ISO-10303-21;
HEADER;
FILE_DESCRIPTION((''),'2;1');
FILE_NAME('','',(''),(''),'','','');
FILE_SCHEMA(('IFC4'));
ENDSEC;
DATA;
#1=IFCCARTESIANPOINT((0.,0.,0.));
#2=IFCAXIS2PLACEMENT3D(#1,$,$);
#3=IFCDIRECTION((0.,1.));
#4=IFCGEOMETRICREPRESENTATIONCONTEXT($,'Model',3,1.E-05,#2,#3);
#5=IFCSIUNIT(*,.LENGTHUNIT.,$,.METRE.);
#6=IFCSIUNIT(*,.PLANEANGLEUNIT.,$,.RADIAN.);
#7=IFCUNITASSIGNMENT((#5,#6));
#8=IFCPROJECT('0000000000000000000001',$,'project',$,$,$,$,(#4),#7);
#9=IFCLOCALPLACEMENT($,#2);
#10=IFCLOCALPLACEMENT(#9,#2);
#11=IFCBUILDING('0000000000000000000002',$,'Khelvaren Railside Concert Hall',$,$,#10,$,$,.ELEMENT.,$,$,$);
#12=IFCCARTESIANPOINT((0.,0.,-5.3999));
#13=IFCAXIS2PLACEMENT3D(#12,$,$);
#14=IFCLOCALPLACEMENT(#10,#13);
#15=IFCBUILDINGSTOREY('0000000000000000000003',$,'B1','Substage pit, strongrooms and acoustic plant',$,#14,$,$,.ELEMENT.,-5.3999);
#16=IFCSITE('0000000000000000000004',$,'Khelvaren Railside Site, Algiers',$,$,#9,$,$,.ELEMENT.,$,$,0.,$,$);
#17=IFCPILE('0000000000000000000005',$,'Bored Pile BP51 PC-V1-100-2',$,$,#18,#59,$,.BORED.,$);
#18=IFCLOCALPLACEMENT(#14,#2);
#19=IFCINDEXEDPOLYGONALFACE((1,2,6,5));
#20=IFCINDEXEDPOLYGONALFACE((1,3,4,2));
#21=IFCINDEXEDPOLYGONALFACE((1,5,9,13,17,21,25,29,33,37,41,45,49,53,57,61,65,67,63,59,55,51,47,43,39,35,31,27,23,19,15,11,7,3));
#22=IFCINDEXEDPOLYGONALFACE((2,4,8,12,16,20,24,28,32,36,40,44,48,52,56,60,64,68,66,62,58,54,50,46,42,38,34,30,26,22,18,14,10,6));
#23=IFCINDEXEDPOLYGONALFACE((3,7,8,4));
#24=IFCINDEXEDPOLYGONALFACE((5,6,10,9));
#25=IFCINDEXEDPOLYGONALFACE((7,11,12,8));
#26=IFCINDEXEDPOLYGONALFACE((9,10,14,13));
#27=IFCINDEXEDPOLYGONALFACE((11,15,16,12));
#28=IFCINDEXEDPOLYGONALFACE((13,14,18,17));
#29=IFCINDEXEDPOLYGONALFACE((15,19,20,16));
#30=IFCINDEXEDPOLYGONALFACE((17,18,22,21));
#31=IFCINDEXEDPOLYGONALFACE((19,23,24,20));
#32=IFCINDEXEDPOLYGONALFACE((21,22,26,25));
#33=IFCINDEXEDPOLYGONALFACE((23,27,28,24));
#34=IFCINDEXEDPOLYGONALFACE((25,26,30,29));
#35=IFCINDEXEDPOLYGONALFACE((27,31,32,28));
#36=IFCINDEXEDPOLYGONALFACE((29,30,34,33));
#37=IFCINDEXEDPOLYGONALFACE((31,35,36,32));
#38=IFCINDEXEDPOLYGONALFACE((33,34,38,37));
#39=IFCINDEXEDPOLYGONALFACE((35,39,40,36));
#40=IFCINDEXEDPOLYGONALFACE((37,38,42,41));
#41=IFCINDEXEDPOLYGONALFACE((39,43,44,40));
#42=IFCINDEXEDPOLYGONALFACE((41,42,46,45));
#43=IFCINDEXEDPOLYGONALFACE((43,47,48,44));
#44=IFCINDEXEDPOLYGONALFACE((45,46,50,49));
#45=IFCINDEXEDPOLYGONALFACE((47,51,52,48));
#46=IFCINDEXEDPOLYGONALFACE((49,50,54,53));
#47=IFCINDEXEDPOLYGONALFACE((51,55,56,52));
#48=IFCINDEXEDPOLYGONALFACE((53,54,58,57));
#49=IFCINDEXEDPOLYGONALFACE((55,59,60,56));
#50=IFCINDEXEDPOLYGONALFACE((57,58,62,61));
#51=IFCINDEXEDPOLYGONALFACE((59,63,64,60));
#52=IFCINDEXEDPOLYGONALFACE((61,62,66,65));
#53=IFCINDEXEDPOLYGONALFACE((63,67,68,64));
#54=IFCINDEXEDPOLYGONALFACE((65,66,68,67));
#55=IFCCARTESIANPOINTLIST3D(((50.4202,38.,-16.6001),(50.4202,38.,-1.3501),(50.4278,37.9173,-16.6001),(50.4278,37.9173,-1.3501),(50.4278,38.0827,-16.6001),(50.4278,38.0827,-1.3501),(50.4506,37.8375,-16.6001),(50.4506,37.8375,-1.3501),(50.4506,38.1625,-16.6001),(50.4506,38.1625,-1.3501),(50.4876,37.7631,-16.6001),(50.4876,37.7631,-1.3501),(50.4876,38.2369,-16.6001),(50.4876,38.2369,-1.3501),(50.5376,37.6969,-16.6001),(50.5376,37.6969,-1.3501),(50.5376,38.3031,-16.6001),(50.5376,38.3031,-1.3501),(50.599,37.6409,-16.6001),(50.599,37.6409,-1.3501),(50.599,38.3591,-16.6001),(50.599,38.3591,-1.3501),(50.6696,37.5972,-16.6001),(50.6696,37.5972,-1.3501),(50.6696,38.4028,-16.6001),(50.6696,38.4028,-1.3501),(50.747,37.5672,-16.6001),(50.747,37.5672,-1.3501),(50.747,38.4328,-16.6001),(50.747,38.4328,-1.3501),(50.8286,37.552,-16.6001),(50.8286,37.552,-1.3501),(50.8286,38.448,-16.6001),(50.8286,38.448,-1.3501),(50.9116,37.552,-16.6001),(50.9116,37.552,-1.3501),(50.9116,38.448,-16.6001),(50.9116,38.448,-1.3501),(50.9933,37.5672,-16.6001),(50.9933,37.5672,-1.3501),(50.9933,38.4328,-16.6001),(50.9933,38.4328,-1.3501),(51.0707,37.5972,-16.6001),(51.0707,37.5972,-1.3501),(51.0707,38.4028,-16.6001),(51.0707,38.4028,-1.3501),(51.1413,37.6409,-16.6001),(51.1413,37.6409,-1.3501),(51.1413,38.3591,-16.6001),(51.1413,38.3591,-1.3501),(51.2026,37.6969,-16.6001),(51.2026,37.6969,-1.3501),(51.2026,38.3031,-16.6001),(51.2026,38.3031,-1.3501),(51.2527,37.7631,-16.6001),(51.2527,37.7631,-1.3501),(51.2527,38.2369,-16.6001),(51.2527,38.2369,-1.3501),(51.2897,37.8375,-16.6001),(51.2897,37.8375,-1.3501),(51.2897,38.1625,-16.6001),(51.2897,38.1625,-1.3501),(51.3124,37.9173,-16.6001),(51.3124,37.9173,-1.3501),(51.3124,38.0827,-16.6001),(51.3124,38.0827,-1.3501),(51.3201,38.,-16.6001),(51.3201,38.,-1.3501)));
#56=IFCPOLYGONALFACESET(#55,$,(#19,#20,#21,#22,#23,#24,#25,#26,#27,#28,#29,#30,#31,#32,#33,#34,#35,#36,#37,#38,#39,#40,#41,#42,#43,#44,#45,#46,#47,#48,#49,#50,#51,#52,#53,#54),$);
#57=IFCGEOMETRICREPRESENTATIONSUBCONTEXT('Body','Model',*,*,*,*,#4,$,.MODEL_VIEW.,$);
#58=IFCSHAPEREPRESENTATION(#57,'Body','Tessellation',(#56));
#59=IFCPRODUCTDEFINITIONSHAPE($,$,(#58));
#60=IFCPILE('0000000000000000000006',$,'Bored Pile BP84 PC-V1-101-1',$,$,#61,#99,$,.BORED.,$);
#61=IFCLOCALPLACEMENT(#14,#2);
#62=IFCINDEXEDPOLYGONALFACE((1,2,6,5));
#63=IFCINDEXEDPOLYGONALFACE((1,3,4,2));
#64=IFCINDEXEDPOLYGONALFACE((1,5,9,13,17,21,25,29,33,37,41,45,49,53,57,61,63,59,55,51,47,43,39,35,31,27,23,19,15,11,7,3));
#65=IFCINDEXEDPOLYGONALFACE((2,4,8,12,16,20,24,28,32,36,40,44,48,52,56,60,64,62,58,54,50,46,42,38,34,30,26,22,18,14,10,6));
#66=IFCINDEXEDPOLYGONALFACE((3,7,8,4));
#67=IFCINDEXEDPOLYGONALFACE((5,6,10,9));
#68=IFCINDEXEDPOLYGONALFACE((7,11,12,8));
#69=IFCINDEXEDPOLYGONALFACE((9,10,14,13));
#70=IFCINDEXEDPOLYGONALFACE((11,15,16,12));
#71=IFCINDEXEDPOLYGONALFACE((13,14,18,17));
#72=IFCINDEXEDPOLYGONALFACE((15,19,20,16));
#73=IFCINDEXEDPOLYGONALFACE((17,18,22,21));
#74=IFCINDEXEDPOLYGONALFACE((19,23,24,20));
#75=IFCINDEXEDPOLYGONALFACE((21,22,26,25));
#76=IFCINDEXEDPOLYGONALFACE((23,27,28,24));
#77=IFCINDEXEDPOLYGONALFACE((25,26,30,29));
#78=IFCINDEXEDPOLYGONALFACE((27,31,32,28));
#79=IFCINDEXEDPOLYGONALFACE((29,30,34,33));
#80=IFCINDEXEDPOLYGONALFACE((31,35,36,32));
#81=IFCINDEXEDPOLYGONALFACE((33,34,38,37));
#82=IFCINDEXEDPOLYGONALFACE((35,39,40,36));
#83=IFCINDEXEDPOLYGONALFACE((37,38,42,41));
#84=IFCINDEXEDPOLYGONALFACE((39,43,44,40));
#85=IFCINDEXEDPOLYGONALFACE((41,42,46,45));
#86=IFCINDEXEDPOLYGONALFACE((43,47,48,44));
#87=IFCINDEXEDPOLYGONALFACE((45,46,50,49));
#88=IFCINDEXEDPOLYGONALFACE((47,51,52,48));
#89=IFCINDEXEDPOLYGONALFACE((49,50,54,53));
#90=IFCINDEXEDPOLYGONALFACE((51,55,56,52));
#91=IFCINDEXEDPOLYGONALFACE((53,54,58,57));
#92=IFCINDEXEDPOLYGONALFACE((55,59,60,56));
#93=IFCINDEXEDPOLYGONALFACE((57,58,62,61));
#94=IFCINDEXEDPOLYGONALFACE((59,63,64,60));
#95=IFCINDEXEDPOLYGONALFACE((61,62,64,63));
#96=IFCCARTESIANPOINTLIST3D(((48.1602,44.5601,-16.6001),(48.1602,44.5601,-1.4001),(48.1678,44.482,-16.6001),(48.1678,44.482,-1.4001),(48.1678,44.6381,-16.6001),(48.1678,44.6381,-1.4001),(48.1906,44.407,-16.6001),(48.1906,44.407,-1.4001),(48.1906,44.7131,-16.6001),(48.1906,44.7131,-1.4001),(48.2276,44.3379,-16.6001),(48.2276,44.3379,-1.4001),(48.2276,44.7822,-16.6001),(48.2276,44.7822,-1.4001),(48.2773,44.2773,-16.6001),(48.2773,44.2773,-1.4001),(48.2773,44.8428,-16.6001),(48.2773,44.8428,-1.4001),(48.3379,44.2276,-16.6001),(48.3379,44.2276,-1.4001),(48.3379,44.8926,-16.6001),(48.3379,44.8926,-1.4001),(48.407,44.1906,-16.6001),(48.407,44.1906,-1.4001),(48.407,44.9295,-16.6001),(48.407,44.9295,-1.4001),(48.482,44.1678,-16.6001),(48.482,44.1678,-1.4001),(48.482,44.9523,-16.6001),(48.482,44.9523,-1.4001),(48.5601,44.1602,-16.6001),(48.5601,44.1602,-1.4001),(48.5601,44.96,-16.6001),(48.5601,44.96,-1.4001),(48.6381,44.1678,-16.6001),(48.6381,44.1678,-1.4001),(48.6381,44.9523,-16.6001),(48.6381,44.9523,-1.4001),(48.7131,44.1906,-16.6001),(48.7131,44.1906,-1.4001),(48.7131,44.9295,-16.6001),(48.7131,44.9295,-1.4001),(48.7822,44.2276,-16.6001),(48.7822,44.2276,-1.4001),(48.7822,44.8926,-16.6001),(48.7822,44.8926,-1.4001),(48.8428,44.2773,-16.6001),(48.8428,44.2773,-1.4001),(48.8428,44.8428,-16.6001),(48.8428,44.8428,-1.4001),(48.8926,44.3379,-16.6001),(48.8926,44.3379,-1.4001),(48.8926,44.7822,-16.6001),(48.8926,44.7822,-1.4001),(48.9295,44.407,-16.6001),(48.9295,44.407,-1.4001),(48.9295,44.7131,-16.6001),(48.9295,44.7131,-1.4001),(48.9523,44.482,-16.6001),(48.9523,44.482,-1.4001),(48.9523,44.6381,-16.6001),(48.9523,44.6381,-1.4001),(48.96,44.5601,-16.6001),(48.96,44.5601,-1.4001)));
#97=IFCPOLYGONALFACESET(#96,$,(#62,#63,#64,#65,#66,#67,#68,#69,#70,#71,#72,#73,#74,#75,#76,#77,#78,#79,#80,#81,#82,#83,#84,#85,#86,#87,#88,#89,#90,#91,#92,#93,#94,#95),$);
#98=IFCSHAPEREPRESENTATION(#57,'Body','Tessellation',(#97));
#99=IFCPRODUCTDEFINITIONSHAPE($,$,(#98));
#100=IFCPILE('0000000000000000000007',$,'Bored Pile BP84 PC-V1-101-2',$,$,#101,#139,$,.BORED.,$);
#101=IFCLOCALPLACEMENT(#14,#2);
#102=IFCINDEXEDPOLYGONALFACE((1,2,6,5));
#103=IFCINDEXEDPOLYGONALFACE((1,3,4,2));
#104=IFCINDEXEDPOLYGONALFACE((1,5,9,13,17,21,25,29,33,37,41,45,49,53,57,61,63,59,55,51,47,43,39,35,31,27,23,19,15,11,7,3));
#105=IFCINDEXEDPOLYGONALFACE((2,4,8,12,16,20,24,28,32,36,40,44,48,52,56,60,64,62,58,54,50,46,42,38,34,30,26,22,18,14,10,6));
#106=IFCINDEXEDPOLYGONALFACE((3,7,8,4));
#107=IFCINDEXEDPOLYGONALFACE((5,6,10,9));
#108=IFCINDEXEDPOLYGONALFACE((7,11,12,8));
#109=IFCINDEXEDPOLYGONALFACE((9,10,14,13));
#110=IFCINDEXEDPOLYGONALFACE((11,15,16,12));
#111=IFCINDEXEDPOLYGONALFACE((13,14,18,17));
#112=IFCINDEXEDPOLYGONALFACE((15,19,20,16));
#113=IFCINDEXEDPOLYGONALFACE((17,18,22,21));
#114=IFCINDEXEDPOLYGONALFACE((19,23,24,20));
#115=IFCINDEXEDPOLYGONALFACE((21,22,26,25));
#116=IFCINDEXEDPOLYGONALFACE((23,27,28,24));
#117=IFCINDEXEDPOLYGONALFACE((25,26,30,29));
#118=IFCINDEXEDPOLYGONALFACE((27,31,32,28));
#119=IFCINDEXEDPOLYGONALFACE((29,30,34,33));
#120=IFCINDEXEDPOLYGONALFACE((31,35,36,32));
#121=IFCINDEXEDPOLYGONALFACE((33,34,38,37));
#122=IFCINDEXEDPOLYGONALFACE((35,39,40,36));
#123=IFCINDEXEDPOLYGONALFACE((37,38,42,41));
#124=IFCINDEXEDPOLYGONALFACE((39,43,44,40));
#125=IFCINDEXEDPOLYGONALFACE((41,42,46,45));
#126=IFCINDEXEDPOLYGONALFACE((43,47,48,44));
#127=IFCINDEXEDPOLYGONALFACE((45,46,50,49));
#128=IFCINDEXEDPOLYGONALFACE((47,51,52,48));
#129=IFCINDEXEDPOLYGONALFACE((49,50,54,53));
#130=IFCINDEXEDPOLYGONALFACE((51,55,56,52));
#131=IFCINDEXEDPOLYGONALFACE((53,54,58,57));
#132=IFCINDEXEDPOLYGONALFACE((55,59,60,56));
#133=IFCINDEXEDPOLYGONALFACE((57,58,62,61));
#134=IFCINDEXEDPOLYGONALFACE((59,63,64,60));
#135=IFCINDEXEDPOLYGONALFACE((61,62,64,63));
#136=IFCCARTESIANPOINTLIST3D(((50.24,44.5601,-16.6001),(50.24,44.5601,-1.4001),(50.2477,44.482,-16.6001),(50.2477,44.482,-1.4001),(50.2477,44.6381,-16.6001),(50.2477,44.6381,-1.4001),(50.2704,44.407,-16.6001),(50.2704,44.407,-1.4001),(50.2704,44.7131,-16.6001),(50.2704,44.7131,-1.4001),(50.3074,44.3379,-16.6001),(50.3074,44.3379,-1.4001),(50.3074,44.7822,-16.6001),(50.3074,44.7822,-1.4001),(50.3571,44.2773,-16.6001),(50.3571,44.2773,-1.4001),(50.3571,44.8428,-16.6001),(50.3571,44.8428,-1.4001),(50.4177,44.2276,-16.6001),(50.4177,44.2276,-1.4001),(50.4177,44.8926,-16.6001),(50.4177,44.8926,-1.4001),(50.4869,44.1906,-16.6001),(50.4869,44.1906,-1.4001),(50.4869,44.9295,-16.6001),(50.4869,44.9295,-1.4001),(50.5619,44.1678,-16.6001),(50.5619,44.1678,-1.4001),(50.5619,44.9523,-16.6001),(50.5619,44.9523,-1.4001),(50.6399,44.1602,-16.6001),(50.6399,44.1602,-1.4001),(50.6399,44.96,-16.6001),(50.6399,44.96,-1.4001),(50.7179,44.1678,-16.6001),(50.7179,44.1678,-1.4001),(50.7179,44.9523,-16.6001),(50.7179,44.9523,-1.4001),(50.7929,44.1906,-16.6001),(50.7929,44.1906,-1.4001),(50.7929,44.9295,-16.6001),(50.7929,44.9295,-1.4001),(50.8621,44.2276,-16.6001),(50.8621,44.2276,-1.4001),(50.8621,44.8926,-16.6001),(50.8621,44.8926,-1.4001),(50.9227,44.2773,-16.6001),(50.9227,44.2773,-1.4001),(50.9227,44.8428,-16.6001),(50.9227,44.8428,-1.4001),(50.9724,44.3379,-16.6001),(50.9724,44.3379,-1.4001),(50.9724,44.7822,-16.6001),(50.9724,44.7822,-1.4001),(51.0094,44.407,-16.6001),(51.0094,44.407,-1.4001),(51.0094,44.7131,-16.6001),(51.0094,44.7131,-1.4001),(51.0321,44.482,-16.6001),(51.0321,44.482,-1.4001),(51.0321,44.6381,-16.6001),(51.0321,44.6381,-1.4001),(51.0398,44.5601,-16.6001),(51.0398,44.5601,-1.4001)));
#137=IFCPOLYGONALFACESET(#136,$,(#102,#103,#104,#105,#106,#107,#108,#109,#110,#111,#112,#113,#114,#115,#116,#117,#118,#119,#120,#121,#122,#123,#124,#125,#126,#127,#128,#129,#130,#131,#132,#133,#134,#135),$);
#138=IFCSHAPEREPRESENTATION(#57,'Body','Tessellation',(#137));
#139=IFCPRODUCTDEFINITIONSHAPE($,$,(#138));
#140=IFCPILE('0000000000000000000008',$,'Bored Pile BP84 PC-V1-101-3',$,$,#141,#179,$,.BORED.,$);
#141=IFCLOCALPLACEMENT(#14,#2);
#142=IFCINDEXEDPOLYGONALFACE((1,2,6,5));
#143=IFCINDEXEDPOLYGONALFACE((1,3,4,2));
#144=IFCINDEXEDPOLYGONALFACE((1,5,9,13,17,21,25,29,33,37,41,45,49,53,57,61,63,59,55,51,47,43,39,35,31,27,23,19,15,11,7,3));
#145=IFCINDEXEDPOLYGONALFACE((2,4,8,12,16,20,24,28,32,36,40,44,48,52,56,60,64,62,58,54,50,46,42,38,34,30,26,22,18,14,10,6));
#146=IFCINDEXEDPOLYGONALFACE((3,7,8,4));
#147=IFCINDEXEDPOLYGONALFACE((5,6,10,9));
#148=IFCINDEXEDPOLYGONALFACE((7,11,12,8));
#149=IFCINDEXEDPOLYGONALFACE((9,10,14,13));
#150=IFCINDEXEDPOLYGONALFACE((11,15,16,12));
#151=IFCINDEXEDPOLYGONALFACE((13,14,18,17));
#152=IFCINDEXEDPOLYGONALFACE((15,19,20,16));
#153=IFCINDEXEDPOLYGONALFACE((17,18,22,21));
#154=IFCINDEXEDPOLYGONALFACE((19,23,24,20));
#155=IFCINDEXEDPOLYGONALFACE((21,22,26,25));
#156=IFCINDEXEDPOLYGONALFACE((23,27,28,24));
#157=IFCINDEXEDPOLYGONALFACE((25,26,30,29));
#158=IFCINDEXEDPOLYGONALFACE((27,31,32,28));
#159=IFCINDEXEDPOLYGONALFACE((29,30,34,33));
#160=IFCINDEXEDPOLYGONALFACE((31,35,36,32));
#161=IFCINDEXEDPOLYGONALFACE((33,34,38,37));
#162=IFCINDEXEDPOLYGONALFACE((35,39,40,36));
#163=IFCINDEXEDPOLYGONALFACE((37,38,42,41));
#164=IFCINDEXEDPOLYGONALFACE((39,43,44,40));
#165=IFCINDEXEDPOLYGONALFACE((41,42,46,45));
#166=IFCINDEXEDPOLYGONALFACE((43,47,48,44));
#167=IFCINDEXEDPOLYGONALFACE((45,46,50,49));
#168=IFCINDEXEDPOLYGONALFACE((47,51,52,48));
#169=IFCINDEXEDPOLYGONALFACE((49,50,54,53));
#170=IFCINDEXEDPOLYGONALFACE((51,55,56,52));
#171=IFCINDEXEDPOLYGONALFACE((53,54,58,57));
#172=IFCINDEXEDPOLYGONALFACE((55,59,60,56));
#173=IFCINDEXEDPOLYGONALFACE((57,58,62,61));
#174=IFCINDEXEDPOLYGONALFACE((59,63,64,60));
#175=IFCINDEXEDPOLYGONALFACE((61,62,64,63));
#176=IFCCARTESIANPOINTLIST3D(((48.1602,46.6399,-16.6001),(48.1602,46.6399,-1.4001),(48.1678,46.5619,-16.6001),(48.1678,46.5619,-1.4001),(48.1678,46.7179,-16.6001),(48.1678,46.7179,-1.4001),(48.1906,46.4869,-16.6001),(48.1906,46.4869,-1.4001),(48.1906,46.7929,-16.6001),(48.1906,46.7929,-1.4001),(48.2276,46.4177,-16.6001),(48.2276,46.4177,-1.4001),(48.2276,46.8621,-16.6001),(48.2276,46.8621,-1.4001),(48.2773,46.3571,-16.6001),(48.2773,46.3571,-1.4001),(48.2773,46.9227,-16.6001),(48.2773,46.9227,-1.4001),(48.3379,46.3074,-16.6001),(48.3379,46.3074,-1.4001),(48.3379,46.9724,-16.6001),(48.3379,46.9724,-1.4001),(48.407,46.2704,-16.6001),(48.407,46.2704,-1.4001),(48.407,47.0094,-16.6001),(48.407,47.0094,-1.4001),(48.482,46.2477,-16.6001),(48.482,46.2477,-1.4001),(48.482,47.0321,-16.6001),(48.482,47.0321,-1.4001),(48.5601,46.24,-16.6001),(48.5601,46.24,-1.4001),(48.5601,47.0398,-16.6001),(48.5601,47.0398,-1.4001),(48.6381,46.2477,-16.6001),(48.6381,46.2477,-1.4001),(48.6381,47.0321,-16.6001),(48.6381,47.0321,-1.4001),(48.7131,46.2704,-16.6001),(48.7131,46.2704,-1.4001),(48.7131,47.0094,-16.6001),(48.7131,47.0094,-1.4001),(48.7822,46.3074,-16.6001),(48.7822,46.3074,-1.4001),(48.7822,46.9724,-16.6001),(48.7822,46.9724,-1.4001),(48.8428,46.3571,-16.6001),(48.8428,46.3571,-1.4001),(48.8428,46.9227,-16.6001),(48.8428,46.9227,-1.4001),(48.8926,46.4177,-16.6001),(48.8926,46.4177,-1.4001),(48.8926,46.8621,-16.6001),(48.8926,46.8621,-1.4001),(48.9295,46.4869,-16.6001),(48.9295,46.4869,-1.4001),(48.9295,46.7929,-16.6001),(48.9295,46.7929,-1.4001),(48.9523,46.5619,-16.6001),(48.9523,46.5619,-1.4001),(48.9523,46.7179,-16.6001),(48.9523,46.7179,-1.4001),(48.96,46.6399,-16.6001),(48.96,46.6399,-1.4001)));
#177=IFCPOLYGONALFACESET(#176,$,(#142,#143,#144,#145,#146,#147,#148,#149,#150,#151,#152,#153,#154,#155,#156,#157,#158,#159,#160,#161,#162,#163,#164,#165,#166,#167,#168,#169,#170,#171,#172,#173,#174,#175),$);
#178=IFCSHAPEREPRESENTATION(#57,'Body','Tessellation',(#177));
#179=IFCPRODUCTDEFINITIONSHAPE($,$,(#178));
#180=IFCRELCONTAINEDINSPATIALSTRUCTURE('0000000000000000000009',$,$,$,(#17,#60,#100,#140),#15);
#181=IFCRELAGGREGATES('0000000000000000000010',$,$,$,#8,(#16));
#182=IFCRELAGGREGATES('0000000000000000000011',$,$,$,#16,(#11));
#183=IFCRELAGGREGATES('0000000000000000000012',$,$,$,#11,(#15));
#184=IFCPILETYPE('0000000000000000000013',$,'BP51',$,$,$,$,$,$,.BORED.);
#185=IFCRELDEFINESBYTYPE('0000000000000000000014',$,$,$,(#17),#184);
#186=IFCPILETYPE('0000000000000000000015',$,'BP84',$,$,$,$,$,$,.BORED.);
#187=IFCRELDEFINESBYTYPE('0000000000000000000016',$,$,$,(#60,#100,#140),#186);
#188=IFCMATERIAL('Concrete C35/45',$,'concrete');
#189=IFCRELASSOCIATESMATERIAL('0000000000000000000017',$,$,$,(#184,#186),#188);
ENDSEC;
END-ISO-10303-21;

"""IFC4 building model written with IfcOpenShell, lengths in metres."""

from ifc_helpers import new_model, si_unit, direction, frame, origin, origin_2d, place, context, subcontext, project, spatial, circle, extrude, material, material_profile, profile_set, type_object, element, save


model = new_model("IFC4")

# Units and contexts
model_context = context("Model", 3, precision=1e-05, world=origin(), true_north=direction((0.0, 1.0)))
body_context = subcontext(model_context, "Body", "Model", "MODEL_VIEW")
ifc_project = project(units=[si_unit("LENGTHUNIT", "METRE"), si_unit("PLANEANGLEUNIT", "RADIAN")], contexts=[model_context])

# Site, building, storey
site_placement = place(None, origin())
site = spatial("IfcSite", under=ifc_project, at=site_placement, Name="Khelvaren Railside Site, Algiers", CompositionType="ELEMENT", RefElevation=0.0)
building_placement = place(site_placement, origin())
building = spatial("IfcBuilding", under=site, at=building_placement, Name="Khelvaren Railside Concert Hall", CompositionType="ELEMENT")
storey_placement = place(building_placement, frame((0.0, 0.0, -5.3999)))
storey = spatial("IfcBuildingStorey", under=building, at=storey_placement, Name="B1", Description="Substage pit, strongrooms and acoustic plant", CompositionType="ELEMENT", Elevation=-5.3999)

# Piles
ifc_material_1 = material(Name="Concrete C35/45", Category="concrete")
ifc_material_profile_1 = material_profile(ifc_material_1, circle(Radius=0.45, at=origin_2d()), Name="BP D900")
ifc_profile_set_1 = profile_set([ifc_material_profile_1], Name="Concrete C35/45")
pile_type_1 = type_object("IfcPileType", Name="BP51", PredefinedType="BORED", material=ifc_profile_set_1)
for number, where, z_axis, x_axis, name in (
    (1, (50.8701, 38.0, -1.3501), (0.0, 0.0, -1.0), (1.0, 0.0, 0.0), "Bored Pile BP51 PC-V1-100-2"),
):
    element("IfcPile", number, at=place(storey_placement, frame(where, z_axis=z_axis, x_axis=x_axis)), inside=storey, type_object=pile_type_1, Name=name, PredefinedType="BORED", context=body_context, shape_type="SweptSolid", body=[
        extrude(circle(Radius=0.45, at=origin_2d()), origin(), (0.0, 0.0, 1.0), 15.25),
    ])
ifc_material_profile_2 = material_profile(ifc_material_1, circle(Radius=0.3999, at=origin_2d()), Name="BP D800")
ifc_profile_set_2 = profile_set([ifc_material_profile_2], Name="Concrete C35/45")
pile_type_2 = type_object("IfcPileType", Name="BP84", PredefinedType="BORED", material=ifc_profile_set_2)
for number, where, z_axis, x_axis, name in (
    (2, (48.5601, 44.5601, -1.4001), (0.0, 0.0, -1.0), (1.0, 0.0, 0.0), "Bored Pile BP84 PC-V1-101-1"),
    (3, (50.6399, 44.5601, -1.4001), (0.0, 0.0, -1.0), (1.0, 0.0, 0.0), "Bored Pile BP84 PC-V1-101-2"),
    (4, (48.5601, 46.6399, -1.4001), (0.0, 0.0, -1.0), (1.0, 0.0, 0.0), "Bored Pile BP84 PC-V1-101-3"),
):
    element("IfcPile", number, at=place(storey_placement, frame(where, z_axis=z_axis, x_axis=x_axis)), inside=storey, type_object=pile_type_2, Name=name, PredefinedType="BORED", context=body_context, shape_type="SweptSolid", body=[
        extrude(circle(Radius=0.3999, at=origin_2d()), origin(), (0.0, 0.0, 1.0), 15.2),
    ])

save(model, "model.ifc")
